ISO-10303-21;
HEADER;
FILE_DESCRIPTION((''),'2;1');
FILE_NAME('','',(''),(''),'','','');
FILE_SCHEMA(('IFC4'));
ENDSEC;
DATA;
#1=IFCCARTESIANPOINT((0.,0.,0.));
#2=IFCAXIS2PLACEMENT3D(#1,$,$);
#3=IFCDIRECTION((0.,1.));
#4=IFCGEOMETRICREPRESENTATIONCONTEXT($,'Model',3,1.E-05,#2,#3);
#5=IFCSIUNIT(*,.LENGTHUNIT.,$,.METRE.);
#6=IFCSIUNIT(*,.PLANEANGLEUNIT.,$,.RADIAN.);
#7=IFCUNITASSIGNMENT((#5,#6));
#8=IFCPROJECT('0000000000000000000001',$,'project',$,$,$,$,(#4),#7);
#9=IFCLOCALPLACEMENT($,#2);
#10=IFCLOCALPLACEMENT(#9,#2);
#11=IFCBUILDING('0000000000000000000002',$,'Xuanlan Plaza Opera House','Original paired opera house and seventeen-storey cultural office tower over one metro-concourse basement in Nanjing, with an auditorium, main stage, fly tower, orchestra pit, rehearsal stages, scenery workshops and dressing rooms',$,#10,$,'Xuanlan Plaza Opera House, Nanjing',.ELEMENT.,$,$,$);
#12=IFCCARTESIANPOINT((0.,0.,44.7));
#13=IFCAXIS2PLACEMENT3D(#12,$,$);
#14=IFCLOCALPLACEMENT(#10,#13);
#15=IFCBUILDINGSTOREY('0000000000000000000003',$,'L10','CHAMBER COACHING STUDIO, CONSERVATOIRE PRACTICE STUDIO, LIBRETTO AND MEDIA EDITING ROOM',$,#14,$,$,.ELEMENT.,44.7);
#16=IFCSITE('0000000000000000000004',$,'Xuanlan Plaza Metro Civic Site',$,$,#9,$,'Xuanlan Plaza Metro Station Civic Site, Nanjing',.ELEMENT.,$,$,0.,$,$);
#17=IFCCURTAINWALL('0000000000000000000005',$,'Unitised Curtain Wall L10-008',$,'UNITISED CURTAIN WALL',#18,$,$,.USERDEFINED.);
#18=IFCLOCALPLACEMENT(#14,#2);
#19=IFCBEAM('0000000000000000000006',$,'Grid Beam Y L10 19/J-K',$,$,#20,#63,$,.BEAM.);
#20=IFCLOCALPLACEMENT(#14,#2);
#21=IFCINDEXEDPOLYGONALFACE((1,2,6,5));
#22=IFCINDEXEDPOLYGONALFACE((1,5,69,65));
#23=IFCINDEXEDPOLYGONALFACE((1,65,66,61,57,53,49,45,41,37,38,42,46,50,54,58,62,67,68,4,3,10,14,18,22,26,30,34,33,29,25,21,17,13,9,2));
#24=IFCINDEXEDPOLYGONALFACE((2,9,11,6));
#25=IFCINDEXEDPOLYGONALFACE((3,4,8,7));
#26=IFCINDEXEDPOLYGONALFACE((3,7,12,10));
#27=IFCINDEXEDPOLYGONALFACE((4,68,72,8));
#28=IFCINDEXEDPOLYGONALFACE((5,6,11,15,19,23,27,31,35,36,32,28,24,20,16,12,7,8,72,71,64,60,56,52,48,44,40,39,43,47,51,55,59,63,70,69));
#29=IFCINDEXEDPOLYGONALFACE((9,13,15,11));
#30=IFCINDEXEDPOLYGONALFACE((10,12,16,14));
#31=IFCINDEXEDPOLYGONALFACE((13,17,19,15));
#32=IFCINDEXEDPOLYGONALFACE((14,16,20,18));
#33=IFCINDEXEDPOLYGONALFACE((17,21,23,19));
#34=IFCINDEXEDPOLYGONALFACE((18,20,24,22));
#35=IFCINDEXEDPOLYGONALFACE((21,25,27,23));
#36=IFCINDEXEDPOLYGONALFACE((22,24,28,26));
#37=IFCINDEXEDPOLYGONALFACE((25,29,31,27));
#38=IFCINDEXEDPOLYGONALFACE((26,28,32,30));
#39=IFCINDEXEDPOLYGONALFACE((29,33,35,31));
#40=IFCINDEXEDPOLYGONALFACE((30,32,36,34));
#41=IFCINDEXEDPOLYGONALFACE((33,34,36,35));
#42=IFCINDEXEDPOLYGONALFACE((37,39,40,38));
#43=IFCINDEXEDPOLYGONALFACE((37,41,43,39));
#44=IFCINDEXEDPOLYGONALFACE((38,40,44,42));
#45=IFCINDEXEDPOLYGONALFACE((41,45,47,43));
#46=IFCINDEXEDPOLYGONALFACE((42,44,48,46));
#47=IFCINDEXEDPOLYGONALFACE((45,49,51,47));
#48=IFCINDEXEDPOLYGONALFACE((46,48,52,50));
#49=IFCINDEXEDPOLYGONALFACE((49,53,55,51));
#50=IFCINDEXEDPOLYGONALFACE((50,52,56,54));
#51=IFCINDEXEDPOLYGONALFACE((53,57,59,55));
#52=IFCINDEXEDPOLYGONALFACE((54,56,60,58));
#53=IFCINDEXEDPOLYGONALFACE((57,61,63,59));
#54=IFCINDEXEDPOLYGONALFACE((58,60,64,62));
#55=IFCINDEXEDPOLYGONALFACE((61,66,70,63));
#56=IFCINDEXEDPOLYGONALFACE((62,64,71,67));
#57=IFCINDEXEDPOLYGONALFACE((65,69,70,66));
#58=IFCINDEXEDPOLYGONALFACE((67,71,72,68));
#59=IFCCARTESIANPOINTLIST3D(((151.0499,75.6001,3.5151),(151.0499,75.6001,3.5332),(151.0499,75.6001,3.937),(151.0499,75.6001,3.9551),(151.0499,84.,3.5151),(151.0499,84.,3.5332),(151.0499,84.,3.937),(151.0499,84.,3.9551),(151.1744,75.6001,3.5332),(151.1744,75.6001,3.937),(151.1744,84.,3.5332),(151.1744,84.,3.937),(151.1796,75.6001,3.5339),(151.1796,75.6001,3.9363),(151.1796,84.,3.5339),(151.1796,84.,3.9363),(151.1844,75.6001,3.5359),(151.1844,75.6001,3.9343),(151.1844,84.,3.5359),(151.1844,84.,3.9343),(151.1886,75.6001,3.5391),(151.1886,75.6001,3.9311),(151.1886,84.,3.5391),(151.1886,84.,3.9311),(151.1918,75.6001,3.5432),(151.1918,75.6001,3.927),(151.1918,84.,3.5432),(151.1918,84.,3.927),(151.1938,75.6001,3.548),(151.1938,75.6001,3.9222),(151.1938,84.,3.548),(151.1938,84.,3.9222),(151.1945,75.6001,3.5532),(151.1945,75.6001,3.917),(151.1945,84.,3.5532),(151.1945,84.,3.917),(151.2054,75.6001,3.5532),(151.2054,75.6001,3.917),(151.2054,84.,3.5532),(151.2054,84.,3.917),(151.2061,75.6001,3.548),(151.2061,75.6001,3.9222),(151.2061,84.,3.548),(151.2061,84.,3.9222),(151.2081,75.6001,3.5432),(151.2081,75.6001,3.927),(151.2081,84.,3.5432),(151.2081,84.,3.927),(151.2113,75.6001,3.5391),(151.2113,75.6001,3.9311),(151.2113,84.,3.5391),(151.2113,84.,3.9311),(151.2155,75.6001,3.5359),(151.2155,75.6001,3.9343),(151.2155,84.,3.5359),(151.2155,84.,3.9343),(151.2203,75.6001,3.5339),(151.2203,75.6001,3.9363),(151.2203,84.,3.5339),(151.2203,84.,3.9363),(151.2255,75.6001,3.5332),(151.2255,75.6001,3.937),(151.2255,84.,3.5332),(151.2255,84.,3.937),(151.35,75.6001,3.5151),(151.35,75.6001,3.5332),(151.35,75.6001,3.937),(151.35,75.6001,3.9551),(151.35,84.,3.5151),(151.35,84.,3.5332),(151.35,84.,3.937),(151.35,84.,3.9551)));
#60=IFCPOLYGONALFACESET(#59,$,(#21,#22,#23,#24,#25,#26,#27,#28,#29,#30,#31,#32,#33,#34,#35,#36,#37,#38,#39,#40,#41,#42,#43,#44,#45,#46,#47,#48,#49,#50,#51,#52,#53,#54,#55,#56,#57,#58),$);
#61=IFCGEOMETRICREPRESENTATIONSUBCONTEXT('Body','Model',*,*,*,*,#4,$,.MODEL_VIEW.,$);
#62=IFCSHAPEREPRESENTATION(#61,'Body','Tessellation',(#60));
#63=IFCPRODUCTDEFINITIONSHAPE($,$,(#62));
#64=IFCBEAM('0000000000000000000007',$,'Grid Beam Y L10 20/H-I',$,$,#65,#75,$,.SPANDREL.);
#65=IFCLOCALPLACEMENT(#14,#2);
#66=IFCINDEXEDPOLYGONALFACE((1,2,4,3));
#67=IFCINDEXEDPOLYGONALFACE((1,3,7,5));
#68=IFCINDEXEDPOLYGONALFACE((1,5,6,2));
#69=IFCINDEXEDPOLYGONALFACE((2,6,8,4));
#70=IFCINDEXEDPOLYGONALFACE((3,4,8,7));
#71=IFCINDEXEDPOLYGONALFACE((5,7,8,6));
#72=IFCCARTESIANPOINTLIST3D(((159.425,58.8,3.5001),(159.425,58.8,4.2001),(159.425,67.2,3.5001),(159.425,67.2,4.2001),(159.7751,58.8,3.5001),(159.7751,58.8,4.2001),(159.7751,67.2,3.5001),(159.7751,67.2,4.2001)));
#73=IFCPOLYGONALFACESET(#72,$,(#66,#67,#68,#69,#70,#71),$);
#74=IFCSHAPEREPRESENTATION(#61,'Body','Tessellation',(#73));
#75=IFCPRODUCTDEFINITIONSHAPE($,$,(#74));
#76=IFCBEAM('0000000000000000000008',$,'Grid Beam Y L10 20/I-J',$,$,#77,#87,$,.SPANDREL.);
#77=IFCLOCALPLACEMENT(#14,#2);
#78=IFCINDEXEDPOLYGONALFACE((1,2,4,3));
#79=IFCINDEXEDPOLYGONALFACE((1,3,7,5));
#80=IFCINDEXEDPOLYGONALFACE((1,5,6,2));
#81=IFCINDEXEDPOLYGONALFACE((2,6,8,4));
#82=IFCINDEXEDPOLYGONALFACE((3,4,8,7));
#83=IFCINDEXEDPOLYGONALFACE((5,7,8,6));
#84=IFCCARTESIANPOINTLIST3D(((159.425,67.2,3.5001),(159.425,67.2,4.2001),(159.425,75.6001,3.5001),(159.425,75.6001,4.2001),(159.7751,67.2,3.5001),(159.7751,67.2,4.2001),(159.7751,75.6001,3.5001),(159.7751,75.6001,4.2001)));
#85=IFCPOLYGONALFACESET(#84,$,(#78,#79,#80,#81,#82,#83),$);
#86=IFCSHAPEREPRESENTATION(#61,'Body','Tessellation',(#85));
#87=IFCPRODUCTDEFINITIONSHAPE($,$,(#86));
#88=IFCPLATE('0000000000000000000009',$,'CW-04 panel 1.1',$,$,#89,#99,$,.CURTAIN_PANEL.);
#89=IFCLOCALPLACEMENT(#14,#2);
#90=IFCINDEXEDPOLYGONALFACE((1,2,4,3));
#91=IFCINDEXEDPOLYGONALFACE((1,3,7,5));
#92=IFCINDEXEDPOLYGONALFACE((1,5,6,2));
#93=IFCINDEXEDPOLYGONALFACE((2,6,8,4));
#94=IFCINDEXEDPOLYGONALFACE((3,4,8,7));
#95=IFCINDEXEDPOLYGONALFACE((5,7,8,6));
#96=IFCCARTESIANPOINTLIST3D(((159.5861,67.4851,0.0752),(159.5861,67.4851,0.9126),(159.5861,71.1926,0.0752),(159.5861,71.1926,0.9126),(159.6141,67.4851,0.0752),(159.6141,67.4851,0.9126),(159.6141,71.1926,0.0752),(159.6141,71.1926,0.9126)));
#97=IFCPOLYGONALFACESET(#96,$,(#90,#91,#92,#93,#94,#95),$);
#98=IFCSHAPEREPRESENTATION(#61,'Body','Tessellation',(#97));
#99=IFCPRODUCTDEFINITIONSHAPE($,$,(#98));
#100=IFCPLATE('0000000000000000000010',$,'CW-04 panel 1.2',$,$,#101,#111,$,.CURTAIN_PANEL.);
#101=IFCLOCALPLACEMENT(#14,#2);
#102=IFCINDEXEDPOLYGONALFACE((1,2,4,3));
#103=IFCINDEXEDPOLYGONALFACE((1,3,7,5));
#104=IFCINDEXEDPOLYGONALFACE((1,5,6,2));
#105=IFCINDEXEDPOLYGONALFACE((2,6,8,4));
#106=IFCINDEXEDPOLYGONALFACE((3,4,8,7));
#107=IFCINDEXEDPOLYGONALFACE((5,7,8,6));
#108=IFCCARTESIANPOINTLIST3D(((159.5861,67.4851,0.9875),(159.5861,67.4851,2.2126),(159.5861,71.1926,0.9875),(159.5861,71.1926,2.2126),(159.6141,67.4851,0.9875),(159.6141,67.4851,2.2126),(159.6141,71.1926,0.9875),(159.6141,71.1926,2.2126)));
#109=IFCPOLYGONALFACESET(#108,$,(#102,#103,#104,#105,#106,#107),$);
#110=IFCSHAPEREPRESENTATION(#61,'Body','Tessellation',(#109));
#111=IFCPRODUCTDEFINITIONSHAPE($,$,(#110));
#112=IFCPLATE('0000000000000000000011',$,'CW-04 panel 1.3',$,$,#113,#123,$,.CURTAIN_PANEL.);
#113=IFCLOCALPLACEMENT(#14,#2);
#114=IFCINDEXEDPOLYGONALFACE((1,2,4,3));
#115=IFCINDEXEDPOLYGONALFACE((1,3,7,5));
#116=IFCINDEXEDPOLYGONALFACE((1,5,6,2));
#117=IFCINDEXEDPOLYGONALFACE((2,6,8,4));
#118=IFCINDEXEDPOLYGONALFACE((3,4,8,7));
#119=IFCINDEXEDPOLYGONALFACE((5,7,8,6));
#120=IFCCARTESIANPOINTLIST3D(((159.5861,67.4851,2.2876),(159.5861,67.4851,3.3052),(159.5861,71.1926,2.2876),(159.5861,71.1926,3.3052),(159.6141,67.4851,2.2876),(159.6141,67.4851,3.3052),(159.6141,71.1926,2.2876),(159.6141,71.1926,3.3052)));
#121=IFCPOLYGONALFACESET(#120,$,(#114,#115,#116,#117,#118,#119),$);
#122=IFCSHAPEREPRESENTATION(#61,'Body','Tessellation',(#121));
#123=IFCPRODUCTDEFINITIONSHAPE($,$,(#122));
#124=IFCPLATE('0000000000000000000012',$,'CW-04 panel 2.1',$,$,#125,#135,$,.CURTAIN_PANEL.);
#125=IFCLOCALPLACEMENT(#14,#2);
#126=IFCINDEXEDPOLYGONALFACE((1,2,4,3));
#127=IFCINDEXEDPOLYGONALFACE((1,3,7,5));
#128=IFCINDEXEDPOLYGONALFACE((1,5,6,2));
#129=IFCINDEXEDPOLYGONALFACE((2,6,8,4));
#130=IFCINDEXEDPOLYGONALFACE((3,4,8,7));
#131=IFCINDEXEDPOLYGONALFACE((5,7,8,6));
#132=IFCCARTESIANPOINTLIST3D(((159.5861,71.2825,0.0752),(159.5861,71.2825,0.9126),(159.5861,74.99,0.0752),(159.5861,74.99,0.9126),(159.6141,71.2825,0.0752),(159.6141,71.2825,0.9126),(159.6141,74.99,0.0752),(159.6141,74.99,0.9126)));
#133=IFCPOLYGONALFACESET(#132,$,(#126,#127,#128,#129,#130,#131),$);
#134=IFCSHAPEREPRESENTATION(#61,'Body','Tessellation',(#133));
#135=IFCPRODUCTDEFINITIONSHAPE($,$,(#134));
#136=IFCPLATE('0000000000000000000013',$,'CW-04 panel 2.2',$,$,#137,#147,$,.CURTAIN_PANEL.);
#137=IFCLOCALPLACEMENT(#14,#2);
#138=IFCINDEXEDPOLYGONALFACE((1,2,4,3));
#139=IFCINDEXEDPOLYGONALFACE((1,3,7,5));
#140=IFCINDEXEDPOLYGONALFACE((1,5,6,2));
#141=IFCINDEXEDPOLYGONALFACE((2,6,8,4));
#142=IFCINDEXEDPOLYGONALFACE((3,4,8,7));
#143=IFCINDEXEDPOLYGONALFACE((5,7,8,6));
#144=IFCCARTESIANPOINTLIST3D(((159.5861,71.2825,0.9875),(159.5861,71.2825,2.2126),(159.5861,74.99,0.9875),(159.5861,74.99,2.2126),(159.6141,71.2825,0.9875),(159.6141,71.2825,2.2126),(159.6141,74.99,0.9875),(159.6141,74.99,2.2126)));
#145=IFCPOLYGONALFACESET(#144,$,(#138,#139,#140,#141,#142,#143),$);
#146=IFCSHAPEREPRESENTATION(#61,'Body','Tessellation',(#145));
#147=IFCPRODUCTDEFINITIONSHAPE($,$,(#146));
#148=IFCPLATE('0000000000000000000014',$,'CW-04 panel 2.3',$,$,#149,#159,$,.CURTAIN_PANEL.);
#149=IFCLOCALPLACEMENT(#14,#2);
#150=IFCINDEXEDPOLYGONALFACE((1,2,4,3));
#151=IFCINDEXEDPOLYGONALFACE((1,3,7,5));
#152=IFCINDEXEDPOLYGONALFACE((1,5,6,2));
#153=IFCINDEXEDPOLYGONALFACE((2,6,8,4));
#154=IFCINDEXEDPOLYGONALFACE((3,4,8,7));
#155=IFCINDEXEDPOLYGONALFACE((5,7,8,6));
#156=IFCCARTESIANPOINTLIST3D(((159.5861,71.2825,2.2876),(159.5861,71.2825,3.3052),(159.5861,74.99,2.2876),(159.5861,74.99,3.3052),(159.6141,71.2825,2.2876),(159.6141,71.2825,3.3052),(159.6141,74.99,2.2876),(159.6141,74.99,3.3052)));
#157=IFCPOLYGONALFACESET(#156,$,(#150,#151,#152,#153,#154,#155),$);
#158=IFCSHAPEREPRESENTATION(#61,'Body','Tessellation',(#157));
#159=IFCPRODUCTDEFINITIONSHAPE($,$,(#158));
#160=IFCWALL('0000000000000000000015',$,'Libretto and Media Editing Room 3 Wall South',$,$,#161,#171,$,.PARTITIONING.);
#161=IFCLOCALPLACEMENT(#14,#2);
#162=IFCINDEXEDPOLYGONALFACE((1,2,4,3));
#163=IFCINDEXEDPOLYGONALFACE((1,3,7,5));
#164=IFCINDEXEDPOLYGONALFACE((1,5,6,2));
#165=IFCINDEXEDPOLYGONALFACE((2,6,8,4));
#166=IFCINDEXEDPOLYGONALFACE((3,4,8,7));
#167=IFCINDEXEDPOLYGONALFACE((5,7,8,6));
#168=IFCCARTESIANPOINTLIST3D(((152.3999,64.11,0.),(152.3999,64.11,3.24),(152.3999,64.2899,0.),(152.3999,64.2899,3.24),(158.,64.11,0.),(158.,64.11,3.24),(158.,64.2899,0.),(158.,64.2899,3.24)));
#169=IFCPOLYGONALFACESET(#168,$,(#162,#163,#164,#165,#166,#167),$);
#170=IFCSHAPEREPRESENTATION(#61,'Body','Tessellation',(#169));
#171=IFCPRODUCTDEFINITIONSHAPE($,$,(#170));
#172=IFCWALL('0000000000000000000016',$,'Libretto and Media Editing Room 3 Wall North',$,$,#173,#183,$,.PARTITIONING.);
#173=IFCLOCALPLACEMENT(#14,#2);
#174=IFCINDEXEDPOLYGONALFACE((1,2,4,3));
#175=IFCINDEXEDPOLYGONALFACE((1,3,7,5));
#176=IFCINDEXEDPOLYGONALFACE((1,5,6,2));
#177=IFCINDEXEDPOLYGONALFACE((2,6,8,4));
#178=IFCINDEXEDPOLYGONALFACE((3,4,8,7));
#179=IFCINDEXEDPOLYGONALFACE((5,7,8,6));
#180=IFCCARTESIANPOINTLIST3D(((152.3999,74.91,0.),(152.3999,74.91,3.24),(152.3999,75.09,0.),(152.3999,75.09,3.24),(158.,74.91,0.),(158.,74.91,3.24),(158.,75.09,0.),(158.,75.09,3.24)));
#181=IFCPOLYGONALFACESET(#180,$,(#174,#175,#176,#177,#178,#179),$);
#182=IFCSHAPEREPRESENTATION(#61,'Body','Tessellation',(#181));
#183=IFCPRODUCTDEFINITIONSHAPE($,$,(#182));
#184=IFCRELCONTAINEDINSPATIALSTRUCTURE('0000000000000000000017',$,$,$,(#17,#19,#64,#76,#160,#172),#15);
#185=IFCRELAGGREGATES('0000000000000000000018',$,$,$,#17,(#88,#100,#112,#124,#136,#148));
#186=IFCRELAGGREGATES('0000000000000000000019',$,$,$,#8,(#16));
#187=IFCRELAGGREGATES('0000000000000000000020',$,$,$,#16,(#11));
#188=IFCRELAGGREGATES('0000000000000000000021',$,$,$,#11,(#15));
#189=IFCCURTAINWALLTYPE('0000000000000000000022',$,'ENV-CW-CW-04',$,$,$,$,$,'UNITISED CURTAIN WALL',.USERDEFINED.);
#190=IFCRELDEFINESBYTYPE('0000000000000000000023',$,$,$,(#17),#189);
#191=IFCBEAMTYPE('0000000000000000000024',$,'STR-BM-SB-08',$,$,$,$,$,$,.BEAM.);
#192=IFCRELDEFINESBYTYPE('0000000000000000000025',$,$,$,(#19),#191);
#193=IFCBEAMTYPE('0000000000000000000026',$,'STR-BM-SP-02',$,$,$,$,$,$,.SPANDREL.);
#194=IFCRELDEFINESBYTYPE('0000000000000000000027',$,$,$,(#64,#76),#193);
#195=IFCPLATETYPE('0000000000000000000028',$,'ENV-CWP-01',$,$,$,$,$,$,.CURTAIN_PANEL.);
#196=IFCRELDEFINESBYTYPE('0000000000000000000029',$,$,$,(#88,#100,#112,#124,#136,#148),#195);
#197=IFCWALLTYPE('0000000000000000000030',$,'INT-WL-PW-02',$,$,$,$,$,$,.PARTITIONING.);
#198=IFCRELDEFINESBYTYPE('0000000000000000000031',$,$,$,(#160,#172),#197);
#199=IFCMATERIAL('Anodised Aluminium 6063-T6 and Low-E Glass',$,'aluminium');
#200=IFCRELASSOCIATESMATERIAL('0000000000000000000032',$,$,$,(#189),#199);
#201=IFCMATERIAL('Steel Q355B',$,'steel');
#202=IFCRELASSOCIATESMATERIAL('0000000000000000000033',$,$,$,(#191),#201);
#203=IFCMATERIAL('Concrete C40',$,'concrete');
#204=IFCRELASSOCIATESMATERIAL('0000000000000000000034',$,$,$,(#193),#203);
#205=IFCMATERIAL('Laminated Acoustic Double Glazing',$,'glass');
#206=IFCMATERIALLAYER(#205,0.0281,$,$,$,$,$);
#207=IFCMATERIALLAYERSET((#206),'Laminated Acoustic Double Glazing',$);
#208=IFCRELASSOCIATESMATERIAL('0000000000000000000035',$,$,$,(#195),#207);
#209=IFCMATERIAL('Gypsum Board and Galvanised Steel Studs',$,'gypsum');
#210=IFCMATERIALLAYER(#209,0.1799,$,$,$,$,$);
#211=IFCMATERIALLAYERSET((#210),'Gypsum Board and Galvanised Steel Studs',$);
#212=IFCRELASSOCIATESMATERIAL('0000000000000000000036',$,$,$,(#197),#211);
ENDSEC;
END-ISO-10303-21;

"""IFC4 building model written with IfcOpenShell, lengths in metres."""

from ifc_helpers import new_model, si_unit, direction, frame, frame_2d, origin, origin_2d, place, context, subcontext, project, spatial, rectangle, i_section, extrude, material, layer, layer_set, material_profile, profile_set, type_object, element, aggregate, save


model = new_model("IFC4")

# Units and contexts
model_context = context("Model", 3, precision=1e-05, world=origin(), true_north=direction((0.0, 1.0)))
body_context = subcontext(model_context, "Body", "Model", "MODEL_VIEW")
ifc_project = project(units=[si_unit("LENGTHUNIT", "METRE"), si_unit("PLANEANGLEUNIT", "RADIAN")], contexts=[model_context])

# Site, building, storey
site_placement = place(None, origin())
site = spatial("IfcSite", under=ifc_project, at=site_placement, Name="Xuanlan Plaza Metro Civic Site", LongName="Xuanlan Plaza Metro Station Civic Site, Nanjing", CompositionType="ELEMENT", RefElevation=0.0)
building_placement = place(site_placement, origin())
building = spatial("IfcBuilding", under=site, at=building_placement, Name="Xuanlan Plaza Opera House", Description="Original paired opera house and seventeen-storey cultural office tower over one metro-concourse basement in Nanjing, with an auditorium, main stage, fly tower, orchestra pit, rehearsal stages, scenery workshops and dressing rooms", LongName="Xuanlan Plaza Opera House, Nanjing", CompositionType="ELEMENT")
storey_placement = place(building_placement, frame((0.0, 0.0, 44.7)))
storey = spatial("IfcBuildingStorey", under=building, at=storey_placement, Name="L10", Description="CHAMBER COACHING STUDIO, CONSERVATOIRE PRACTICE STUDIO, LIBRETTO AND MEDIA EDITING ROOM", CompositionType="ELEMENT", Elevation=44.7)

# Shared definitions
ifc_material_1 = material(Name="Steel Q355B", Category="steel")

# Curtain wall
ifc_material_2 = material(Name="Anodised Aluminium 6063-T6 and Low-E Glass", Category="aluminium")
curtain_wall_type = type_object("IfcCurtainWallType", Name="ENV-CW-CW-04", ElementType="UNITISED CURTAIN WALL", PredefinedType="USERDEFINED", material=ifc_material_2)
curtain_wall_placement = place(storey_placement, origin())
curtain_wall = element("IfcCurtainWall", 1, at=curtain_wall_placement, inside=storey, type_object=curtain_wall_type, Name="Unitised Curtain Wall L10-008", ObjectType="UNITISED CURTAIN WALL", PredefinedType="USERDEFINED")

# Beams
ifc_material_3 = material(Name="Concrete C40", Category="concrete")
ifc_material_profile_1 = material_profile(ifc_material_1, i_section(OverallWidth=0.3, OverallDepth=0.4399, WebThickness=0.011, FlangeThickness=0.0181, FilletRadius=0.02, at=origin_2d()), Name="HM 440x300x11x18")
ifc_profile_set_1 = profile_set([ifc_material_profile_1], Name="Steel Q355B")
beam_type_1 = type_object("IfcBeamType", Name="STR-BM-SB-08", PredefinedType="BEAM", material=ifc_profile_set_1)
beam_1_placement = place(storey_placement, frame((151.2, 75.6001, 3.7351), z_axis=(0.0, 1.0, 0.0), x_axis=(-1.0, 0.0, 0.0)))
element("IfcBeam", 2, at=beam_1_placement, inside=storey, type_object=beam_type_1, Name="Grid Beam Y L10 19/J-K", PredefinedType="BEAM", context=body_context, shape_type="SweptSolid", body=[
    extrude(i_section(OverallWidth=0.3, OverallDepth=0.4399, WebThickness=0.011, FlangeThickness=0.0181, FilletRadius=0.02, at=origin_2d()), origin(), (0.0, 0.0, 1.0), 8.3999),
])
ifc_material_profile_2 = material_profile(ifc_material_3, rectangle(XDim=0.3501, YDim=0.7, at=origin_2d()), Name="RC-SPD 350x700")
ifc_profile_set_2 = profile_set([ifc_material_profile_2], Name="Concrete C40")
beam_type_2 = type_object("IfcBeamType", Name="STR-BM-SP-02", PredefinedType="SPANDREL", material=ifc_profile_set_2)
beam_2_placement = place(storey_placement, frame((159.6001, 58.8, 3.8501), z_axis=(0.0, 1.0, 0.0), x_axis=(-1.0, 0.0, 0.0)))
element("IfcBeam", 3, at=beam_2_placement, inside=storey, type_object=beam_type_2, Name="Grid Beam Y L10 20/H-I", PredefinedType="SPANDREL", context=body_context, shape_type="SweptSolid", body=[
    extrude(rectangle(XDim=0.3501, YDim=0.7, at=origin_2d()), origin(), (0.0, 0.0, 1.0), 8.3999),
])
beam_3_placement = place(storey_placement, frame((159.6001, 67.2, 3.8501), z_axis=(0.0, 1.0, 0.0), x_axis=(-1.0, 0.0, 0.0)))
element("IfcBeam", 4, at=beam_3_placement, inside=storey, type_object=beam_type_2, Name="Grid Beam Y L10 20/I-J", PredefinedType="SPANDREL", context=body_context, shape_type="SweptSolid", body=[
    extrude(rectangle(XDim=0.3501, YDim=0.7, at=origin_2d()), origin(), (0.0, 0.0, 1.0), 8.4001),
])

# Plates
ifc_material_4 = material(Name="Laminated Acoustic Double Glazing", Category="glass")
ifc_layer_1 = layer(ifc_material_4, 0.0281)
ifc_layer_set_1 = layer_set([ifc_layer_1], Name="Laminated Acoustic Double Glazing")
plate_type = type_object("IfcPlateType", Name="ENV-CWP-01", PredefinedType="CURTAIN_PANEL", material=ifc_layer_set_1)
plate_1_placement = place(storey_placement, frame((159.6001, 69.3389, 0.0752), z_axis=(0.0, 0.0, 1.0), x_axis=(0.0, 1.0, 0.0)))
plate_1 = element("IfcPlate", 5, at=plate_1_placement, type_object=plate_type, Name="CW-04 panel 1.1", PredefinedType="CURTAIN_PANEL", context=body_context, shape_type="SweptSolid", body=[
    extrude(rectangle(XDim=3.7075, YDim=0.0281, at=origin_2d()), origin(), (0.0, 0.0, 1.0), 0.8374),
])
plate_2_placement = place(storey_placement, frame((159.6001, 69.3389, 0.9875), z_axis=(0.0, 0.0, 1.0), x_axis=(0.0, 1.0, 0.0)))
plate_2 = element("IfcPlate", 6, at=plate_2_placement, type_object=plate_type, Name="CW-04 panel 1.2", PredefinedType="CURTAIN_PANEL", context=body_context, shape_type="SweptSolid", body=[
    extrude(rectangle(XDim=3.7075, YDim=0.0281, at=origin_2d()), origin(), (0.0, 0.0, 1.0), 1.2251),
])
plate_3_placement = place(storey_placement, frame((159.6001, 69.3389, 2.2876), z_axis=(0.0, 0.0, 1.0), x_axis=(0.0, 1.0, 0.0)))
plate_3 = element("IfcPlate", 7, at=plate_3_placement, type_object=plate_type, Name="CW-04 panel 1.3", PredefinedType="CURTAIN_PANEL", context=body_context, shape_type="SweptSolid", body=[
    extrude(rectangle(XDim=3.7075, YDim=0.0281, at=origin_2d()), origin(), (0.0, 0.0, 1.0), 1.0176),
])
plate_4_placement = place(storey_placement, frame((159.6001, 73.1362, 0.0752), z_axis=(0.0, 0.0, 1.0), x_axis=(0.0, 1.0, 0.0)))
plate_4 = element("IfcPlate", 8, at=plate_4_placement, type_object=plate_type, Name="CW-04 panel 2.1", PredefinedType="CURTAIN_PANEL", context=body_context, shape_type="SweptSolid", body=[
    extrude(rectangle(XDim=3.7075, YDim=0.0281, at=origin_2d()), origin(), (0.0, 0.0, 1.0), 0.8374),
])
plate_5_placement = place(storey_placement, frame((159.6001, 73.1362, 0.9875), z_axis=(0.0, 0.0, 1.0), x_axis=(0.0, 1.0, 0.0)))
plate_5 = element("IfcPlate", 9, at=plate_5_placement, type_object=plate_type, Name="CW-04 panel 2.2", PredefinedType="CURTAIN_PANEL", context=body_context, shape_type="SweptSolid", body=[
    extrude(rectangle(XDim=3.7075, YDim=0.0281, at=origin_2d()), origin(), (0.0, 0.0, 1.0), 1.2251),
])
plate_6_placement = place(storey_placement, frame((159.6001, 73.1362, 2.2876), z_axis=(0.0, 0.0, 1.0), x_axis=(0.0, 1.0, 0.0)))
plate_6 = element("IfcPlate", 10, at=plate_6_placement, type_object=plate_type, Name="CW-04 panel 2.3", PredefinedType="CURTAIN_PANEL", context=body_context, shape_type="SweptSolid", body=[
    extrude(rectangle(XDim=3.7075, YDim=0.0281, at=origin_2d()), origin(), (0.0, 0.0, 1.0), 1.0176),
])
aggregate(curtain_wall, [plate_1, plate_2, plate_3, plate_4, plate_5, plate_6])

# Walls
ifc_material_5 = material(Name="Gypsum Board and Galvanised Steel Studs", Category="gypsum")
ifc_layer_2 = layer(ifc_material_5, 0.1799)
ifc_layer_set_2 = layer_set([ifc_layer_2], Name="Gypsum Board and Galvanised Steel Studs")
wall_type_1 = type_object("IfcWallType", Name="INT-WL-PW-02", PredefinedType="PARTITIONING", material=ifc_layer_set_2)
for number, where, z_axis, x_axis, name in (
    (11, (152.3999, 64.2, 0.0), (0.0, 0.0, 1.0), (1.0, 0.0, 0.0), "Libretto and Media Editing Room 3 Wall South"),
    (12, (152.3999, 75.0, 0.0), (0.0, 0.0, 1.0), (1.0, 0.0, 0.0), "Libretto and Media Editing Room 3 Wall North"),
):
    element("IfcWall", number, at=place(storey_placement, frame(where, z_axis=z_axis, x_axis=x_axis)), inside=storey, type_object=wall_type_1, Name=name, PredefinedType="PARTITIONING", context=body_context, shape_type="SweptSolid", body=[
        extrude(rectangle(XDim=5.6001, YDim=0.1799, at=frame_2d((2.8, 0.0))), origin(), (0.0, 0.0, 1.0), 3.24),
    ])

save(model, "model.ifc")
